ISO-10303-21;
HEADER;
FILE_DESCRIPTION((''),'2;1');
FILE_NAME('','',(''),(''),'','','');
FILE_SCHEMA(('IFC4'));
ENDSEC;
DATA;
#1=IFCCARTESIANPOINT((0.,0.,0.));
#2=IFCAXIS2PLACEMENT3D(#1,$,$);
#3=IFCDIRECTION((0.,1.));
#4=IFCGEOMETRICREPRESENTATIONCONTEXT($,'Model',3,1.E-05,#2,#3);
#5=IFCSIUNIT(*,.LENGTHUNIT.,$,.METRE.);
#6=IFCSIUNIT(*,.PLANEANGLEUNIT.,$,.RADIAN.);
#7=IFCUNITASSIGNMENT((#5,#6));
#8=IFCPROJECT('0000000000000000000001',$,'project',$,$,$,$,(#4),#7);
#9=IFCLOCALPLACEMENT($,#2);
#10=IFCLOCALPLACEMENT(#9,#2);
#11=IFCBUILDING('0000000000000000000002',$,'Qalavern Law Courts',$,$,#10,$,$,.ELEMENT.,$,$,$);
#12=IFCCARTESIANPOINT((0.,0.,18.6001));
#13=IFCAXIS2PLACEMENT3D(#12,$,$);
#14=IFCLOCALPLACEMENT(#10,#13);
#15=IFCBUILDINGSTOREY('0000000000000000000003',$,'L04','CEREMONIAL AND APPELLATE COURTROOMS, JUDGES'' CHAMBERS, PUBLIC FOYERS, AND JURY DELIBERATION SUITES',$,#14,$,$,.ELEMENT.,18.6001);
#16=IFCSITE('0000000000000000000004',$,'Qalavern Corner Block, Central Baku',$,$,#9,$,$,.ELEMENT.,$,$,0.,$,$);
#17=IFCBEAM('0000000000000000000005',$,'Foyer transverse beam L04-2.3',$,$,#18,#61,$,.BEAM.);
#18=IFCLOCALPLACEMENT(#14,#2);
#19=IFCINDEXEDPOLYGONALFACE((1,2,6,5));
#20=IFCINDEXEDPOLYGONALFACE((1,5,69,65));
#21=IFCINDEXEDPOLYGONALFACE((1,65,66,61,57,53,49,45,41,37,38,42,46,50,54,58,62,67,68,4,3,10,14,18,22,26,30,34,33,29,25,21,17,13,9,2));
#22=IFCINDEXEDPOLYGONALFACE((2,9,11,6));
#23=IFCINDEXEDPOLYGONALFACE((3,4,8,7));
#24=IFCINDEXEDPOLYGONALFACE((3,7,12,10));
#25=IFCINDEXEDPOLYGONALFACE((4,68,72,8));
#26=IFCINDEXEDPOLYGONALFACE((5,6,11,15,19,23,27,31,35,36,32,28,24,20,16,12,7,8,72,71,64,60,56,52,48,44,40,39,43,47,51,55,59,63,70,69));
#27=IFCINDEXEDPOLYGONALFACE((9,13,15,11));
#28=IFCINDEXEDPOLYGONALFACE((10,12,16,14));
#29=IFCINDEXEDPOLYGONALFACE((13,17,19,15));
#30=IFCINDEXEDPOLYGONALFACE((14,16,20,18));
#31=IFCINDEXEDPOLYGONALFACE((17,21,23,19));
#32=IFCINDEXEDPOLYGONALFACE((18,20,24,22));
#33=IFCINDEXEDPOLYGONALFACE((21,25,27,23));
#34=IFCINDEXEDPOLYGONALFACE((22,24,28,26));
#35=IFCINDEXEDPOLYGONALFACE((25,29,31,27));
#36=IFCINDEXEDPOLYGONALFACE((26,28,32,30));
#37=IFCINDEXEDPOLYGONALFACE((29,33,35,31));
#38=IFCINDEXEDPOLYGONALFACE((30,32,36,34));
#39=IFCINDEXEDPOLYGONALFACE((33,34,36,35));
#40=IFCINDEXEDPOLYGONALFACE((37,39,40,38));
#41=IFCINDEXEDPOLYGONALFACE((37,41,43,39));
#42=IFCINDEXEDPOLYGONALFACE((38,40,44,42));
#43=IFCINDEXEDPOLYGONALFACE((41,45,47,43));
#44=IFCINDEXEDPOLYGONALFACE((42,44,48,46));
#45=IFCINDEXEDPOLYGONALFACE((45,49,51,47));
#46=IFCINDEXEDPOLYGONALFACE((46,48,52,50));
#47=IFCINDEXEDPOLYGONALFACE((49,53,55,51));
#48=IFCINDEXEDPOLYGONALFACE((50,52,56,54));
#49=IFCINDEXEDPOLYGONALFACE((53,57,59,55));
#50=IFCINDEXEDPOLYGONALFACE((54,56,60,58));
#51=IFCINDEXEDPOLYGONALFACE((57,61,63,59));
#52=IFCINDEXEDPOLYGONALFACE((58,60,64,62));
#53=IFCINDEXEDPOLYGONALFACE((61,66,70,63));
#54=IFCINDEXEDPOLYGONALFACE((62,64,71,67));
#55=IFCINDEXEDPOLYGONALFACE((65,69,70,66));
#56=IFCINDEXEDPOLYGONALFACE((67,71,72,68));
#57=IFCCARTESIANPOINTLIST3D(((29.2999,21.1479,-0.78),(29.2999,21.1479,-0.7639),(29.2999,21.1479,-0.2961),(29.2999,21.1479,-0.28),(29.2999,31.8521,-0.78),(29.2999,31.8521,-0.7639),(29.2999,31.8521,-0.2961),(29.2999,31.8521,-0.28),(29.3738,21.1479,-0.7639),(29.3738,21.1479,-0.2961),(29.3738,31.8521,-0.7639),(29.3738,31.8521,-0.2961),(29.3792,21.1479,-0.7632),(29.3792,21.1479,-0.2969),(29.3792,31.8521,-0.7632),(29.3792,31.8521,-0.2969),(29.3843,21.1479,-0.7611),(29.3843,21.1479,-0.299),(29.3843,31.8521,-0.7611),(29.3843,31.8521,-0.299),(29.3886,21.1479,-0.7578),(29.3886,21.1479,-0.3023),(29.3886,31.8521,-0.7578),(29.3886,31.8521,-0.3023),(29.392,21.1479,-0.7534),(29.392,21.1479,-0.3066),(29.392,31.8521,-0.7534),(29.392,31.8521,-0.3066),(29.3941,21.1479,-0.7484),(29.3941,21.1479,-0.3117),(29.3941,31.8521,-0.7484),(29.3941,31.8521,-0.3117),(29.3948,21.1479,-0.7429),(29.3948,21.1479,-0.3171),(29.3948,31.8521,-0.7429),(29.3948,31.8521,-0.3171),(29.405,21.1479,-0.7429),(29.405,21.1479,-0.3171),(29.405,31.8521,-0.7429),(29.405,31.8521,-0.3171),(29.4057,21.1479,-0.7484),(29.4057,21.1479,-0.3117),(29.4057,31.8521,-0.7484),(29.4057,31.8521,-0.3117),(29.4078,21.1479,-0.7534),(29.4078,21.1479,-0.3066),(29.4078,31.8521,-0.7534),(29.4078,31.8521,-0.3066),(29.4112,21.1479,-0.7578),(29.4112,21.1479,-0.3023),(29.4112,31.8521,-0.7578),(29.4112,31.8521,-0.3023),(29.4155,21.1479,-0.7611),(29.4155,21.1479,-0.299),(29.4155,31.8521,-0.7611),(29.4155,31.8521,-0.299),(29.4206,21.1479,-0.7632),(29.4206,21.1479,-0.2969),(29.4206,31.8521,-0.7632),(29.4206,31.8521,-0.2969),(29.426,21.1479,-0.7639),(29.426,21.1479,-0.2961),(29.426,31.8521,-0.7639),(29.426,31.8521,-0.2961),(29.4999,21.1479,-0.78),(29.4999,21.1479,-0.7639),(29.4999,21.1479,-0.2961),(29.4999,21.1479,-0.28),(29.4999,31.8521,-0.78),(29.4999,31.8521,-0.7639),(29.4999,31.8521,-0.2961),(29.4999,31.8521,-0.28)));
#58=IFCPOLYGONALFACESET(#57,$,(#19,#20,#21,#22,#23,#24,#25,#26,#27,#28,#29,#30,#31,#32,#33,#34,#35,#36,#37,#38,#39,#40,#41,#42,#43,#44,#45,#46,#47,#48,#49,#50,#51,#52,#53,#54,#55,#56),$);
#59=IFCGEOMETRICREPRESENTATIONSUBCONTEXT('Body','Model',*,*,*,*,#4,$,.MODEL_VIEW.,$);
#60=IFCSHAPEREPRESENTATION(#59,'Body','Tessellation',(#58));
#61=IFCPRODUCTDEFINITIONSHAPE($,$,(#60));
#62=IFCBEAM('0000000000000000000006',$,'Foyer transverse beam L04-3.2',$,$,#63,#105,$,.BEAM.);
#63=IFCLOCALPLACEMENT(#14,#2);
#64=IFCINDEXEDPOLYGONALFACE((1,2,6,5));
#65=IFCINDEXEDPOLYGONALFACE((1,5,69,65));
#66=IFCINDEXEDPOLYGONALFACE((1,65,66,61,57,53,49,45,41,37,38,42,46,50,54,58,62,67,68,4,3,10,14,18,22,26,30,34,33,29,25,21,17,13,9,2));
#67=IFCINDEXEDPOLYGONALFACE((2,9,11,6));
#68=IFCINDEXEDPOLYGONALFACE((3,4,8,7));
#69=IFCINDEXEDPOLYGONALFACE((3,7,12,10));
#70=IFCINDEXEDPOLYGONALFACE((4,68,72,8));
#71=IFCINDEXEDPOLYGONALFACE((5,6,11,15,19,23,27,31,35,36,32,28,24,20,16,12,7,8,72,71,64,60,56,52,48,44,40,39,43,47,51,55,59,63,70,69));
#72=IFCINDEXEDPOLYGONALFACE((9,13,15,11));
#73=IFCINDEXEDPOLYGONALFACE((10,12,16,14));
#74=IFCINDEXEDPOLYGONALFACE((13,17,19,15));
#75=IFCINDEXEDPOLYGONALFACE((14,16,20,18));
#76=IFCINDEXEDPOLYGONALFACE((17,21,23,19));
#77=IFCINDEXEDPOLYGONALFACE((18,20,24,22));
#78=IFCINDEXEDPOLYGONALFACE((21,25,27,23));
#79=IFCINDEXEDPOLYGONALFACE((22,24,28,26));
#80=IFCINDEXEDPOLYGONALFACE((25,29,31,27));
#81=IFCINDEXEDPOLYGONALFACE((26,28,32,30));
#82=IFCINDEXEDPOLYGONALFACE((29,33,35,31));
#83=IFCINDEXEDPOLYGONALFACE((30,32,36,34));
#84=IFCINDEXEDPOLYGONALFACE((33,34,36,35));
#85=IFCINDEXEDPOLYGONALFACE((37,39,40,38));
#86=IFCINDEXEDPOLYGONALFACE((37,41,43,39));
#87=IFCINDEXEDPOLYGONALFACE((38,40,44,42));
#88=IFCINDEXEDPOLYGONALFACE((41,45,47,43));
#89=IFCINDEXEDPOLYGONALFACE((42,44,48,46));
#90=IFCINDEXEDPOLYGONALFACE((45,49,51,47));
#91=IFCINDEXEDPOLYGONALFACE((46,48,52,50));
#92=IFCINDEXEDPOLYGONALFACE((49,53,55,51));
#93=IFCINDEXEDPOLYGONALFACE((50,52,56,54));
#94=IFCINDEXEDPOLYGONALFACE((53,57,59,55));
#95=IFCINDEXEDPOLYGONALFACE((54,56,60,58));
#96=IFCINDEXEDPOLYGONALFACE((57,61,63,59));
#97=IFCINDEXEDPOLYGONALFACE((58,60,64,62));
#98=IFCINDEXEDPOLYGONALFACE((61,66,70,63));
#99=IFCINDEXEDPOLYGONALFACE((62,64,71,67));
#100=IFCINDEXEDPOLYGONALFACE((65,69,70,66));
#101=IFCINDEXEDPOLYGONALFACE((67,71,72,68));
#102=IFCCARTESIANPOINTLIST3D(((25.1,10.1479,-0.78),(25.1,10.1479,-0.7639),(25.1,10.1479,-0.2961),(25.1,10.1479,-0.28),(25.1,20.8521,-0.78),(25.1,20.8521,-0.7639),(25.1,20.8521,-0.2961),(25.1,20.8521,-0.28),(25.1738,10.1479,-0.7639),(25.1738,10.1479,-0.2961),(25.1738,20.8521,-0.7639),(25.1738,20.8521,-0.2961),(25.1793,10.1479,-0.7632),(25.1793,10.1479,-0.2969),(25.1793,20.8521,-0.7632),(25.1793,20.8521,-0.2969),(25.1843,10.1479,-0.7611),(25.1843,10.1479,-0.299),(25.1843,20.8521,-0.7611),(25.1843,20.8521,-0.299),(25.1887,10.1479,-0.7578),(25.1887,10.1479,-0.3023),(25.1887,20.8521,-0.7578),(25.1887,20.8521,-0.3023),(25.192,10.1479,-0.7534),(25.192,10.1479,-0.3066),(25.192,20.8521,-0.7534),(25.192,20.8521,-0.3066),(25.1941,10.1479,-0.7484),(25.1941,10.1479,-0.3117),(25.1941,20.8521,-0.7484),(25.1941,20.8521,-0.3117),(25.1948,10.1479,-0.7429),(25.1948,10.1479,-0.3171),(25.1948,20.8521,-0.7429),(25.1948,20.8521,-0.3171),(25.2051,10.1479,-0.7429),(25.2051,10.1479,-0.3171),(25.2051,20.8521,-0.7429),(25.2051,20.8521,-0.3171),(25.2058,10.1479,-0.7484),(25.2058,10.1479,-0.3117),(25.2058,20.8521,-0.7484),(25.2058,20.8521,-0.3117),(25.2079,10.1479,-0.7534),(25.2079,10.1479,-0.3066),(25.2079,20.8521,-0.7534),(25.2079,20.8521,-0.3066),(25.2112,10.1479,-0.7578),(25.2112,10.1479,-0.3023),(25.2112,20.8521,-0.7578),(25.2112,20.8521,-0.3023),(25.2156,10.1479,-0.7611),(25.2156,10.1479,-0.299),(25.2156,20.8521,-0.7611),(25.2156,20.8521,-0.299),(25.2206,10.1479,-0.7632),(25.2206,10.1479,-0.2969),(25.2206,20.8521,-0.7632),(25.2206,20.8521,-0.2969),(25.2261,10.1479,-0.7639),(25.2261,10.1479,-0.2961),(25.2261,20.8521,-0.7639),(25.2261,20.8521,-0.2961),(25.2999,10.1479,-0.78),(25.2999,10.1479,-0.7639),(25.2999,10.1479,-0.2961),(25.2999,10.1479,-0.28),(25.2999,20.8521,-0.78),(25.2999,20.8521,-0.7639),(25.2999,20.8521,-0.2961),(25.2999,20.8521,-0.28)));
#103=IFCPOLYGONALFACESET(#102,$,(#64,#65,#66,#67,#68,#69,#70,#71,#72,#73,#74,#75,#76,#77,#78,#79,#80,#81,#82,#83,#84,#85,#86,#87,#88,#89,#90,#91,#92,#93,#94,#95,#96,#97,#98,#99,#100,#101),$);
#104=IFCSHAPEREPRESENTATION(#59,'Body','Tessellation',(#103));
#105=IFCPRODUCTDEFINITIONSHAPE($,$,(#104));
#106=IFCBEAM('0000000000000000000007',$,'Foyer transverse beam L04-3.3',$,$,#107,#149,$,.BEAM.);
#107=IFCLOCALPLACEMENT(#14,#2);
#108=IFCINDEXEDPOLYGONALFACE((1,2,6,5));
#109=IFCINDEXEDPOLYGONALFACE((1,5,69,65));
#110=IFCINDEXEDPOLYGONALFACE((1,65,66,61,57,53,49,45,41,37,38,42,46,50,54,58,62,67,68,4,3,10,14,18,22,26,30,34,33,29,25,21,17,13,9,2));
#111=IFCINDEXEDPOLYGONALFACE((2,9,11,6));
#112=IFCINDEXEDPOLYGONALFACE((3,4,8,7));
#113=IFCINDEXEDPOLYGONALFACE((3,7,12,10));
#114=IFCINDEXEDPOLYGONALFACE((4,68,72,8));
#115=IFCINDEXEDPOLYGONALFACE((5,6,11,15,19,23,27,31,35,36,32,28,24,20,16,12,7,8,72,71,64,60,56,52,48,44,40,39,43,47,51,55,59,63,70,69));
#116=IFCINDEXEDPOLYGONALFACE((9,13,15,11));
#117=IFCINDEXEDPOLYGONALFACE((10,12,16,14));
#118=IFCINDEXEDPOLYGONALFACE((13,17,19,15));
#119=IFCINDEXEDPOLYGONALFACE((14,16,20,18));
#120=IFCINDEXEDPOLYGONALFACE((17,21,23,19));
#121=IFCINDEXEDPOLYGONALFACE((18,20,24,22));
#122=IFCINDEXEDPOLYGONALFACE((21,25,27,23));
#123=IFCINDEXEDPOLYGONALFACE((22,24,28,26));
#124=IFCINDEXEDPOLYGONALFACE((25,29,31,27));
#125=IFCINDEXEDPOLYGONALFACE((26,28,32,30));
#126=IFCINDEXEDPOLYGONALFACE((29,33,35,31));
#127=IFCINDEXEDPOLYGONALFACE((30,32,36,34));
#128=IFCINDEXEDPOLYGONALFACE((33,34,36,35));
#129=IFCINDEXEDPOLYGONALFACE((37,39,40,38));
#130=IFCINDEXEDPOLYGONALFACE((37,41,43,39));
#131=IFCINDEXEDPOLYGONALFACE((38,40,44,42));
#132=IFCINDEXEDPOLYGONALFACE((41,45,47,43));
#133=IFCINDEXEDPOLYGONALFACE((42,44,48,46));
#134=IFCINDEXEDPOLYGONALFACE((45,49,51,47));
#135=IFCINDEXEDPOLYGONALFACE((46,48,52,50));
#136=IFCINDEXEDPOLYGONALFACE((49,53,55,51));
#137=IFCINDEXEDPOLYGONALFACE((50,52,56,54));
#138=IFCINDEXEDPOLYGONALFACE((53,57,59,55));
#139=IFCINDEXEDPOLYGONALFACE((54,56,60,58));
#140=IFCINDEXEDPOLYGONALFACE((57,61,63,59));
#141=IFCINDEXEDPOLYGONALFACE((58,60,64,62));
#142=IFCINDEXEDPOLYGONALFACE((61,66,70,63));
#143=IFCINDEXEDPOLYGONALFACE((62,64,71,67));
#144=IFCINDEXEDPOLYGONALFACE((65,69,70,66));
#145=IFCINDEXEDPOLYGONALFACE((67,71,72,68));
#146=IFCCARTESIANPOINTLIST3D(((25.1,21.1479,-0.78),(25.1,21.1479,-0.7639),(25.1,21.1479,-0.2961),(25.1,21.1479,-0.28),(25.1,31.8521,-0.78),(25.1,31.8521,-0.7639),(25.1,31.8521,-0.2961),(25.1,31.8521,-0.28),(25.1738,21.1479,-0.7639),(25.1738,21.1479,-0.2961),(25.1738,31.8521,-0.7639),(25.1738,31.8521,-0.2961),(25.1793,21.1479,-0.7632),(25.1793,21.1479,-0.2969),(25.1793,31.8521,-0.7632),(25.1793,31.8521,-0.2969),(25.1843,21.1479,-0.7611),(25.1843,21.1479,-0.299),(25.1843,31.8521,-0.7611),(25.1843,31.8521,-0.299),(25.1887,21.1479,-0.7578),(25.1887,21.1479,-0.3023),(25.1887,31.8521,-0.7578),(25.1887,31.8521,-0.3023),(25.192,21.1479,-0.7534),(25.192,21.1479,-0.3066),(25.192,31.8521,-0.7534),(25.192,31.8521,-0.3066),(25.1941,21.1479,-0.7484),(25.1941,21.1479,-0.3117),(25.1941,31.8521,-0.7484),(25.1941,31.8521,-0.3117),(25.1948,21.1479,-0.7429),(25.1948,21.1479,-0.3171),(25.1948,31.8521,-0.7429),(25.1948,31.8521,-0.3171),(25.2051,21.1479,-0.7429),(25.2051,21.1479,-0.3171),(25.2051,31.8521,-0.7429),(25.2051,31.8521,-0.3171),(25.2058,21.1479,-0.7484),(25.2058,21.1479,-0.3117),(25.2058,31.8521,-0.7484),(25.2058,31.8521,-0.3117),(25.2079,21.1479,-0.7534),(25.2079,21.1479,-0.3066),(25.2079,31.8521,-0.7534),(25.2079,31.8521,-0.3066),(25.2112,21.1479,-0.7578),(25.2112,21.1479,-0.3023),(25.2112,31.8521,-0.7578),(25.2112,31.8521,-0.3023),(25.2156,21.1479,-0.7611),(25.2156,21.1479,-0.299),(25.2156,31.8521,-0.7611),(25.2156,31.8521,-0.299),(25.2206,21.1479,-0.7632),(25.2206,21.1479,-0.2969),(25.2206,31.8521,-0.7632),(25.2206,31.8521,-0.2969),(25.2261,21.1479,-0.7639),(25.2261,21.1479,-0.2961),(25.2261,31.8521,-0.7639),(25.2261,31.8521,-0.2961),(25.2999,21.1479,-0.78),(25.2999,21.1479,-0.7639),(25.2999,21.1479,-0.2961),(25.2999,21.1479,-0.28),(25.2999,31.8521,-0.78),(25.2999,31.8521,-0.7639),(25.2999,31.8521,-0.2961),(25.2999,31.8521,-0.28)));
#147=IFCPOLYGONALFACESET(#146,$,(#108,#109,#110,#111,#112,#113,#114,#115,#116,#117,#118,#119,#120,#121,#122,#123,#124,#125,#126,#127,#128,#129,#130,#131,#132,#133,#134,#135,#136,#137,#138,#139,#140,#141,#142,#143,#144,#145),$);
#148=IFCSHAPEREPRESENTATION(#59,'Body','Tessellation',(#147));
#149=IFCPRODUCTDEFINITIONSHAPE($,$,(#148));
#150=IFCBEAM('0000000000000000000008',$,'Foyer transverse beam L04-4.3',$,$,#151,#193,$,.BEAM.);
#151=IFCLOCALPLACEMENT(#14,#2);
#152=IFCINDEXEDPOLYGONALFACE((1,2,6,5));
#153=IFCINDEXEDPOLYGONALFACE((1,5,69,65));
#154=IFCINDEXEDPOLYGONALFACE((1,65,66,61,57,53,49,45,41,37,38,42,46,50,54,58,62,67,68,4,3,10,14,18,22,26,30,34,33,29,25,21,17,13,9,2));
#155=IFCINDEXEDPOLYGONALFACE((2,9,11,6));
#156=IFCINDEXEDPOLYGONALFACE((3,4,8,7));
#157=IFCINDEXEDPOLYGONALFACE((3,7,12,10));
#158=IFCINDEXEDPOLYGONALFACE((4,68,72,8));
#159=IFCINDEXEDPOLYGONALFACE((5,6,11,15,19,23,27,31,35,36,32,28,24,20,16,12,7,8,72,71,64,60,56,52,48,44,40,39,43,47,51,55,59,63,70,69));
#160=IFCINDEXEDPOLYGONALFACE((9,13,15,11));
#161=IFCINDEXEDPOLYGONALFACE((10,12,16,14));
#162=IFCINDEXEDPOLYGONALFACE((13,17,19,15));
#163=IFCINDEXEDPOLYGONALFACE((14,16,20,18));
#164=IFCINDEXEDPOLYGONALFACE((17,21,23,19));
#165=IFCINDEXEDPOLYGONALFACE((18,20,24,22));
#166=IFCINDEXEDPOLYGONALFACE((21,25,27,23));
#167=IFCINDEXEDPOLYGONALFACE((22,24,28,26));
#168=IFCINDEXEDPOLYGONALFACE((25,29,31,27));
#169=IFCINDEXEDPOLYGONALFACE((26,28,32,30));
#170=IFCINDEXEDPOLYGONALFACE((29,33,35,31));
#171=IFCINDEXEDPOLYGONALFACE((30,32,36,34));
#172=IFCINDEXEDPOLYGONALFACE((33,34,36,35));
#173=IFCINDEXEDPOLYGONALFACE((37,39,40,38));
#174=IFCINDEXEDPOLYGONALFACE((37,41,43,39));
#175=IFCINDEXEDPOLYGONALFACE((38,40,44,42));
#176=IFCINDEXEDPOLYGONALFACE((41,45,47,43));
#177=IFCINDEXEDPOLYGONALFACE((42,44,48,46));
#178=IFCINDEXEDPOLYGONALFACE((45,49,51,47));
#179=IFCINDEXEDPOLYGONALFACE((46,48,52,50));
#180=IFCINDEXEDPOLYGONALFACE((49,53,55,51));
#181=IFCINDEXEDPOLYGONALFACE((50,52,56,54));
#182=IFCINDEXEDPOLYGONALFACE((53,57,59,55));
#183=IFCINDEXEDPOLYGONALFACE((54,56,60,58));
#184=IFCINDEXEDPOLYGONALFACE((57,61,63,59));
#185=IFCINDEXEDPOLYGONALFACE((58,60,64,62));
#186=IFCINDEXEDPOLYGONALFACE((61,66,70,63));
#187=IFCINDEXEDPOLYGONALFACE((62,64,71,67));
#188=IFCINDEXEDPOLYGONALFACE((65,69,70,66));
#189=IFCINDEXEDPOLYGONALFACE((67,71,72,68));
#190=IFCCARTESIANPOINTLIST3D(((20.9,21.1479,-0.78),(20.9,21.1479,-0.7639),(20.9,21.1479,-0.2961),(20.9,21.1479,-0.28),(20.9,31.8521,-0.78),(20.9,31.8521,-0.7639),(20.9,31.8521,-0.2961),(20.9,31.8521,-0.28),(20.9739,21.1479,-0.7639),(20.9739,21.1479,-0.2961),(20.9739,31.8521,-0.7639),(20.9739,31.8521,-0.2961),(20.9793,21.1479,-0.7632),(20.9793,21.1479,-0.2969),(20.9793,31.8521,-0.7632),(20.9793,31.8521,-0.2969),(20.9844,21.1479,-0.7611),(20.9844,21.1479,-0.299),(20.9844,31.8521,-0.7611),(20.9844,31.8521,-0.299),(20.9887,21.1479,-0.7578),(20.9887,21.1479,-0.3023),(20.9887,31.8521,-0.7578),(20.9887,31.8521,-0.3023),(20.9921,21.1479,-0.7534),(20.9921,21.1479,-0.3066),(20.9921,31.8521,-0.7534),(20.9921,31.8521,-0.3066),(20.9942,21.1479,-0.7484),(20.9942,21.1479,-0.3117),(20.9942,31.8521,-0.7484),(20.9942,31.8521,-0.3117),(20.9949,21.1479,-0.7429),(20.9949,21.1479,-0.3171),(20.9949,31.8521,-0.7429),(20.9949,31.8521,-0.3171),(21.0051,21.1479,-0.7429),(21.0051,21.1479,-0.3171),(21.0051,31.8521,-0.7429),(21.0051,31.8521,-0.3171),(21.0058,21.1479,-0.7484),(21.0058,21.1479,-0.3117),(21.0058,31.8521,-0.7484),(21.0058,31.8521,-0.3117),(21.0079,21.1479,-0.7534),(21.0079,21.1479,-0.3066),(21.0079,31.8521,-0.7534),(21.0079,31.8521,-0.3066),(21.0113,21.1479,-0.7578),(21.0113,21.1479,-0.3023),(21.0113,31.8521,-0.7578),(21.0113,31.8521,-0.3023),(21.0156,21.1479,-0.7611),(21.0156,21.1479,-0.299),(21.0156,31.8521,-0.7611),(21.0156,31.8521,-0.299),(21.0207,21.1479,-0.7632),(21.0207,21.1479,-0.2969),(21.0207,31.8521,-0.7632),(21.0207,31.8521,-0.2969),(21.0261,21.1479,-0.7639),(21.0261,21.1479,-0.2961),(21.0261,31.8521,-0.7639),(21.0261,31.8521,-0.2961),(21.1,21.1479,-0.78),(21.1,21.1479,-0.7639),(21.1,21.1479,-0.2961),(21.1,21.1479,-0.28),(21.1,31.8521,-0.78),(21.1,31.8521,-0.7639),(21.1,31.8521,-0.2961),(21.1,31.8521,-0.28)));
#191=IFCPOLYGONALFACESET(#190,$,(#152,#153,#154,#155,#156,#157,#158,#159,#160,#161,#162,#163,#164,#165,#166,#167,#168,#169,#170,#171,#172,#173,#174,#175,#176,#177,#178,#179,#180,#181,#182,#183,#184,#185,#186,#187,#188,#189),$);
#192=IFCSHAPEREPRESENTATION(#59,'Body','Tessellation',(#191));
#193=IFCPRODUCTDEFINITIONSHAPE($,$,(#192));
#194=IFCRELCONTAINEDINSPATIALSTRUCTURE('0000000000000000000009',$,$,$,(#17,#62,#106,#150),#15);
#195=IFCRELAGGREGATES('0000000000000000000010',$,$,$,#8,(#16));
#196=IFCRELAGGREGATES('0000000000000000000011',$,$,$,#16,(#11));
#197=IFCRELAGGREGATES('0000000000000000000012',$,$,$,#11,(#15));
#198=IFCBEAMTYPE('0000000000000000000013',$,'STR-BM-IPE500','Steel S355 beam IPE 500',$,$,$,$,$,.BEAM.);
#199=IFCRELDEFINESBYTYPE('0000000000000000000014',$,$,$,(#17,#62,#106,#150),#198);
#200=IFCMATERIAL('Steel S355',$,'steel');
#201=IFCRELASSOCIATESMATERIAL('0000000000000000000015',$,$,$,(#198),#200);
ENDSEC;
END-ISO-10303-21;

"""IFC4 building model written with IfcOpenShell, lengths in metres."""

from ifc_helpers import new_model, si_unit, direction, frame, origin, origin_2d, place, context, subcontext, project, spatial, i_section, extrude, material, material_profile, profile_set, type_object, element, save


model = new_model("IFC4")

# Units and contexts
model_context = context("Model", 3, precision=1e-05, world=origin(), true_north=direction((0.0, 1.0)))
body_context = subcontext(model_context, "Body", "Model", "MODEL_VIEW")
ifc_project = project(units=[si_unit("LENGTHUNIT", "METRE"), si_unit("PLANEANGLEUNIT", "RADIAN")], contexts=[model_context])

# Site, building, storey
site_placement = place(None, origin())
site = spatial("IfcSite", under=ifc_project, at=site_placement, Name="Qalavern Corner Block, Central Baku", CompositionType="ELEMENT", RefElevation=0.0)
building_placement = place(site_placement, origin())
building = spatial("IfcBuilding", under=site, at=building_placement, Name="Qalavern Law Courts", CompositionType="ELEMENT")
storey_placement = place(building_placement, frame((0.0, 0.0, 18.6001)))
storey = spatial("IfcBuildingStorey", under=building, at=storey_placement, Name="L04", Description="CEREMONIAL AND APPELLATE COURTROOMS, JUDGES' CHAMBERS, PUBLIC FOYERS, AND JURY DELIBERATION SUITES", CompositionType="ELEMENT", Elevation=18.6001)

# Beams
ifc_material_1 = material(Name="Steel S355", Category="steel")
ifc_material_profile_1 = material_profile(ifc_material_1, i_section(OverallWidth=0.2, OverallDepth=0.5, WebThickness=0.0103, FlangeThickness=0.0161, FilletRadius=0.021, at=origin_2d()), Name="IPE 500")
ifc_profile_set_1 = profile_set([ifc_material_profile_1], Name="Steel S355")
beam_type_1 = type_object("IfcBeamType", Name="STR-BM-IPE500", Description="Steel S355 beam IPE 500", PredefinedType="BEAM", material=ifc_profile_set_1)
for number, where, z_axis, x_axis, name in (
    (1, (29.3999, 21.1479, -0.53), (0.0, 1.0, 0.0), (-1.0, 0.0, 0.0), "Foyer transverse beam L04-2.3"),
    (2, (25.2, 10.1479, -0.53), (0.0, 1.0, 0.0), (-1.0, 0.0, 0.0), "Foyer transverse beam L04-3.2"),
    (3, (25.2, 21.1479, -0.53), (0.0, 1.0, 0.0), (-1.0, 0.0, 0.0), "Foyer transverse beam L04-3.3"),
    (4, (21.0, 21.1479, -0.53), (0.0, 1.0, 0.0), (-1.0, 0.0, 0.0), "Foyer transverse beam L04-4.3"),
):
    element("IfcBeam", number, at=place(storey_placement, frame(where, z_axis=z_axis, x_axis=x_axis)), inside=storey, type_object=beam_type_1, Name=name, PredefinedType="BEAM", context=body_context, shape_type="SweptSolid", body=[
        extrude(i_section(OverallWidth=0.2, OverallDepth=0.5, WebThickness=0.0103, FlangeThickness=0.0161, FilletRadius=0.021, at=origin_2d()), origin(), (0.0, 0.0, 1.0), 10.7041),
    ])

save(model, "model.ifc")
